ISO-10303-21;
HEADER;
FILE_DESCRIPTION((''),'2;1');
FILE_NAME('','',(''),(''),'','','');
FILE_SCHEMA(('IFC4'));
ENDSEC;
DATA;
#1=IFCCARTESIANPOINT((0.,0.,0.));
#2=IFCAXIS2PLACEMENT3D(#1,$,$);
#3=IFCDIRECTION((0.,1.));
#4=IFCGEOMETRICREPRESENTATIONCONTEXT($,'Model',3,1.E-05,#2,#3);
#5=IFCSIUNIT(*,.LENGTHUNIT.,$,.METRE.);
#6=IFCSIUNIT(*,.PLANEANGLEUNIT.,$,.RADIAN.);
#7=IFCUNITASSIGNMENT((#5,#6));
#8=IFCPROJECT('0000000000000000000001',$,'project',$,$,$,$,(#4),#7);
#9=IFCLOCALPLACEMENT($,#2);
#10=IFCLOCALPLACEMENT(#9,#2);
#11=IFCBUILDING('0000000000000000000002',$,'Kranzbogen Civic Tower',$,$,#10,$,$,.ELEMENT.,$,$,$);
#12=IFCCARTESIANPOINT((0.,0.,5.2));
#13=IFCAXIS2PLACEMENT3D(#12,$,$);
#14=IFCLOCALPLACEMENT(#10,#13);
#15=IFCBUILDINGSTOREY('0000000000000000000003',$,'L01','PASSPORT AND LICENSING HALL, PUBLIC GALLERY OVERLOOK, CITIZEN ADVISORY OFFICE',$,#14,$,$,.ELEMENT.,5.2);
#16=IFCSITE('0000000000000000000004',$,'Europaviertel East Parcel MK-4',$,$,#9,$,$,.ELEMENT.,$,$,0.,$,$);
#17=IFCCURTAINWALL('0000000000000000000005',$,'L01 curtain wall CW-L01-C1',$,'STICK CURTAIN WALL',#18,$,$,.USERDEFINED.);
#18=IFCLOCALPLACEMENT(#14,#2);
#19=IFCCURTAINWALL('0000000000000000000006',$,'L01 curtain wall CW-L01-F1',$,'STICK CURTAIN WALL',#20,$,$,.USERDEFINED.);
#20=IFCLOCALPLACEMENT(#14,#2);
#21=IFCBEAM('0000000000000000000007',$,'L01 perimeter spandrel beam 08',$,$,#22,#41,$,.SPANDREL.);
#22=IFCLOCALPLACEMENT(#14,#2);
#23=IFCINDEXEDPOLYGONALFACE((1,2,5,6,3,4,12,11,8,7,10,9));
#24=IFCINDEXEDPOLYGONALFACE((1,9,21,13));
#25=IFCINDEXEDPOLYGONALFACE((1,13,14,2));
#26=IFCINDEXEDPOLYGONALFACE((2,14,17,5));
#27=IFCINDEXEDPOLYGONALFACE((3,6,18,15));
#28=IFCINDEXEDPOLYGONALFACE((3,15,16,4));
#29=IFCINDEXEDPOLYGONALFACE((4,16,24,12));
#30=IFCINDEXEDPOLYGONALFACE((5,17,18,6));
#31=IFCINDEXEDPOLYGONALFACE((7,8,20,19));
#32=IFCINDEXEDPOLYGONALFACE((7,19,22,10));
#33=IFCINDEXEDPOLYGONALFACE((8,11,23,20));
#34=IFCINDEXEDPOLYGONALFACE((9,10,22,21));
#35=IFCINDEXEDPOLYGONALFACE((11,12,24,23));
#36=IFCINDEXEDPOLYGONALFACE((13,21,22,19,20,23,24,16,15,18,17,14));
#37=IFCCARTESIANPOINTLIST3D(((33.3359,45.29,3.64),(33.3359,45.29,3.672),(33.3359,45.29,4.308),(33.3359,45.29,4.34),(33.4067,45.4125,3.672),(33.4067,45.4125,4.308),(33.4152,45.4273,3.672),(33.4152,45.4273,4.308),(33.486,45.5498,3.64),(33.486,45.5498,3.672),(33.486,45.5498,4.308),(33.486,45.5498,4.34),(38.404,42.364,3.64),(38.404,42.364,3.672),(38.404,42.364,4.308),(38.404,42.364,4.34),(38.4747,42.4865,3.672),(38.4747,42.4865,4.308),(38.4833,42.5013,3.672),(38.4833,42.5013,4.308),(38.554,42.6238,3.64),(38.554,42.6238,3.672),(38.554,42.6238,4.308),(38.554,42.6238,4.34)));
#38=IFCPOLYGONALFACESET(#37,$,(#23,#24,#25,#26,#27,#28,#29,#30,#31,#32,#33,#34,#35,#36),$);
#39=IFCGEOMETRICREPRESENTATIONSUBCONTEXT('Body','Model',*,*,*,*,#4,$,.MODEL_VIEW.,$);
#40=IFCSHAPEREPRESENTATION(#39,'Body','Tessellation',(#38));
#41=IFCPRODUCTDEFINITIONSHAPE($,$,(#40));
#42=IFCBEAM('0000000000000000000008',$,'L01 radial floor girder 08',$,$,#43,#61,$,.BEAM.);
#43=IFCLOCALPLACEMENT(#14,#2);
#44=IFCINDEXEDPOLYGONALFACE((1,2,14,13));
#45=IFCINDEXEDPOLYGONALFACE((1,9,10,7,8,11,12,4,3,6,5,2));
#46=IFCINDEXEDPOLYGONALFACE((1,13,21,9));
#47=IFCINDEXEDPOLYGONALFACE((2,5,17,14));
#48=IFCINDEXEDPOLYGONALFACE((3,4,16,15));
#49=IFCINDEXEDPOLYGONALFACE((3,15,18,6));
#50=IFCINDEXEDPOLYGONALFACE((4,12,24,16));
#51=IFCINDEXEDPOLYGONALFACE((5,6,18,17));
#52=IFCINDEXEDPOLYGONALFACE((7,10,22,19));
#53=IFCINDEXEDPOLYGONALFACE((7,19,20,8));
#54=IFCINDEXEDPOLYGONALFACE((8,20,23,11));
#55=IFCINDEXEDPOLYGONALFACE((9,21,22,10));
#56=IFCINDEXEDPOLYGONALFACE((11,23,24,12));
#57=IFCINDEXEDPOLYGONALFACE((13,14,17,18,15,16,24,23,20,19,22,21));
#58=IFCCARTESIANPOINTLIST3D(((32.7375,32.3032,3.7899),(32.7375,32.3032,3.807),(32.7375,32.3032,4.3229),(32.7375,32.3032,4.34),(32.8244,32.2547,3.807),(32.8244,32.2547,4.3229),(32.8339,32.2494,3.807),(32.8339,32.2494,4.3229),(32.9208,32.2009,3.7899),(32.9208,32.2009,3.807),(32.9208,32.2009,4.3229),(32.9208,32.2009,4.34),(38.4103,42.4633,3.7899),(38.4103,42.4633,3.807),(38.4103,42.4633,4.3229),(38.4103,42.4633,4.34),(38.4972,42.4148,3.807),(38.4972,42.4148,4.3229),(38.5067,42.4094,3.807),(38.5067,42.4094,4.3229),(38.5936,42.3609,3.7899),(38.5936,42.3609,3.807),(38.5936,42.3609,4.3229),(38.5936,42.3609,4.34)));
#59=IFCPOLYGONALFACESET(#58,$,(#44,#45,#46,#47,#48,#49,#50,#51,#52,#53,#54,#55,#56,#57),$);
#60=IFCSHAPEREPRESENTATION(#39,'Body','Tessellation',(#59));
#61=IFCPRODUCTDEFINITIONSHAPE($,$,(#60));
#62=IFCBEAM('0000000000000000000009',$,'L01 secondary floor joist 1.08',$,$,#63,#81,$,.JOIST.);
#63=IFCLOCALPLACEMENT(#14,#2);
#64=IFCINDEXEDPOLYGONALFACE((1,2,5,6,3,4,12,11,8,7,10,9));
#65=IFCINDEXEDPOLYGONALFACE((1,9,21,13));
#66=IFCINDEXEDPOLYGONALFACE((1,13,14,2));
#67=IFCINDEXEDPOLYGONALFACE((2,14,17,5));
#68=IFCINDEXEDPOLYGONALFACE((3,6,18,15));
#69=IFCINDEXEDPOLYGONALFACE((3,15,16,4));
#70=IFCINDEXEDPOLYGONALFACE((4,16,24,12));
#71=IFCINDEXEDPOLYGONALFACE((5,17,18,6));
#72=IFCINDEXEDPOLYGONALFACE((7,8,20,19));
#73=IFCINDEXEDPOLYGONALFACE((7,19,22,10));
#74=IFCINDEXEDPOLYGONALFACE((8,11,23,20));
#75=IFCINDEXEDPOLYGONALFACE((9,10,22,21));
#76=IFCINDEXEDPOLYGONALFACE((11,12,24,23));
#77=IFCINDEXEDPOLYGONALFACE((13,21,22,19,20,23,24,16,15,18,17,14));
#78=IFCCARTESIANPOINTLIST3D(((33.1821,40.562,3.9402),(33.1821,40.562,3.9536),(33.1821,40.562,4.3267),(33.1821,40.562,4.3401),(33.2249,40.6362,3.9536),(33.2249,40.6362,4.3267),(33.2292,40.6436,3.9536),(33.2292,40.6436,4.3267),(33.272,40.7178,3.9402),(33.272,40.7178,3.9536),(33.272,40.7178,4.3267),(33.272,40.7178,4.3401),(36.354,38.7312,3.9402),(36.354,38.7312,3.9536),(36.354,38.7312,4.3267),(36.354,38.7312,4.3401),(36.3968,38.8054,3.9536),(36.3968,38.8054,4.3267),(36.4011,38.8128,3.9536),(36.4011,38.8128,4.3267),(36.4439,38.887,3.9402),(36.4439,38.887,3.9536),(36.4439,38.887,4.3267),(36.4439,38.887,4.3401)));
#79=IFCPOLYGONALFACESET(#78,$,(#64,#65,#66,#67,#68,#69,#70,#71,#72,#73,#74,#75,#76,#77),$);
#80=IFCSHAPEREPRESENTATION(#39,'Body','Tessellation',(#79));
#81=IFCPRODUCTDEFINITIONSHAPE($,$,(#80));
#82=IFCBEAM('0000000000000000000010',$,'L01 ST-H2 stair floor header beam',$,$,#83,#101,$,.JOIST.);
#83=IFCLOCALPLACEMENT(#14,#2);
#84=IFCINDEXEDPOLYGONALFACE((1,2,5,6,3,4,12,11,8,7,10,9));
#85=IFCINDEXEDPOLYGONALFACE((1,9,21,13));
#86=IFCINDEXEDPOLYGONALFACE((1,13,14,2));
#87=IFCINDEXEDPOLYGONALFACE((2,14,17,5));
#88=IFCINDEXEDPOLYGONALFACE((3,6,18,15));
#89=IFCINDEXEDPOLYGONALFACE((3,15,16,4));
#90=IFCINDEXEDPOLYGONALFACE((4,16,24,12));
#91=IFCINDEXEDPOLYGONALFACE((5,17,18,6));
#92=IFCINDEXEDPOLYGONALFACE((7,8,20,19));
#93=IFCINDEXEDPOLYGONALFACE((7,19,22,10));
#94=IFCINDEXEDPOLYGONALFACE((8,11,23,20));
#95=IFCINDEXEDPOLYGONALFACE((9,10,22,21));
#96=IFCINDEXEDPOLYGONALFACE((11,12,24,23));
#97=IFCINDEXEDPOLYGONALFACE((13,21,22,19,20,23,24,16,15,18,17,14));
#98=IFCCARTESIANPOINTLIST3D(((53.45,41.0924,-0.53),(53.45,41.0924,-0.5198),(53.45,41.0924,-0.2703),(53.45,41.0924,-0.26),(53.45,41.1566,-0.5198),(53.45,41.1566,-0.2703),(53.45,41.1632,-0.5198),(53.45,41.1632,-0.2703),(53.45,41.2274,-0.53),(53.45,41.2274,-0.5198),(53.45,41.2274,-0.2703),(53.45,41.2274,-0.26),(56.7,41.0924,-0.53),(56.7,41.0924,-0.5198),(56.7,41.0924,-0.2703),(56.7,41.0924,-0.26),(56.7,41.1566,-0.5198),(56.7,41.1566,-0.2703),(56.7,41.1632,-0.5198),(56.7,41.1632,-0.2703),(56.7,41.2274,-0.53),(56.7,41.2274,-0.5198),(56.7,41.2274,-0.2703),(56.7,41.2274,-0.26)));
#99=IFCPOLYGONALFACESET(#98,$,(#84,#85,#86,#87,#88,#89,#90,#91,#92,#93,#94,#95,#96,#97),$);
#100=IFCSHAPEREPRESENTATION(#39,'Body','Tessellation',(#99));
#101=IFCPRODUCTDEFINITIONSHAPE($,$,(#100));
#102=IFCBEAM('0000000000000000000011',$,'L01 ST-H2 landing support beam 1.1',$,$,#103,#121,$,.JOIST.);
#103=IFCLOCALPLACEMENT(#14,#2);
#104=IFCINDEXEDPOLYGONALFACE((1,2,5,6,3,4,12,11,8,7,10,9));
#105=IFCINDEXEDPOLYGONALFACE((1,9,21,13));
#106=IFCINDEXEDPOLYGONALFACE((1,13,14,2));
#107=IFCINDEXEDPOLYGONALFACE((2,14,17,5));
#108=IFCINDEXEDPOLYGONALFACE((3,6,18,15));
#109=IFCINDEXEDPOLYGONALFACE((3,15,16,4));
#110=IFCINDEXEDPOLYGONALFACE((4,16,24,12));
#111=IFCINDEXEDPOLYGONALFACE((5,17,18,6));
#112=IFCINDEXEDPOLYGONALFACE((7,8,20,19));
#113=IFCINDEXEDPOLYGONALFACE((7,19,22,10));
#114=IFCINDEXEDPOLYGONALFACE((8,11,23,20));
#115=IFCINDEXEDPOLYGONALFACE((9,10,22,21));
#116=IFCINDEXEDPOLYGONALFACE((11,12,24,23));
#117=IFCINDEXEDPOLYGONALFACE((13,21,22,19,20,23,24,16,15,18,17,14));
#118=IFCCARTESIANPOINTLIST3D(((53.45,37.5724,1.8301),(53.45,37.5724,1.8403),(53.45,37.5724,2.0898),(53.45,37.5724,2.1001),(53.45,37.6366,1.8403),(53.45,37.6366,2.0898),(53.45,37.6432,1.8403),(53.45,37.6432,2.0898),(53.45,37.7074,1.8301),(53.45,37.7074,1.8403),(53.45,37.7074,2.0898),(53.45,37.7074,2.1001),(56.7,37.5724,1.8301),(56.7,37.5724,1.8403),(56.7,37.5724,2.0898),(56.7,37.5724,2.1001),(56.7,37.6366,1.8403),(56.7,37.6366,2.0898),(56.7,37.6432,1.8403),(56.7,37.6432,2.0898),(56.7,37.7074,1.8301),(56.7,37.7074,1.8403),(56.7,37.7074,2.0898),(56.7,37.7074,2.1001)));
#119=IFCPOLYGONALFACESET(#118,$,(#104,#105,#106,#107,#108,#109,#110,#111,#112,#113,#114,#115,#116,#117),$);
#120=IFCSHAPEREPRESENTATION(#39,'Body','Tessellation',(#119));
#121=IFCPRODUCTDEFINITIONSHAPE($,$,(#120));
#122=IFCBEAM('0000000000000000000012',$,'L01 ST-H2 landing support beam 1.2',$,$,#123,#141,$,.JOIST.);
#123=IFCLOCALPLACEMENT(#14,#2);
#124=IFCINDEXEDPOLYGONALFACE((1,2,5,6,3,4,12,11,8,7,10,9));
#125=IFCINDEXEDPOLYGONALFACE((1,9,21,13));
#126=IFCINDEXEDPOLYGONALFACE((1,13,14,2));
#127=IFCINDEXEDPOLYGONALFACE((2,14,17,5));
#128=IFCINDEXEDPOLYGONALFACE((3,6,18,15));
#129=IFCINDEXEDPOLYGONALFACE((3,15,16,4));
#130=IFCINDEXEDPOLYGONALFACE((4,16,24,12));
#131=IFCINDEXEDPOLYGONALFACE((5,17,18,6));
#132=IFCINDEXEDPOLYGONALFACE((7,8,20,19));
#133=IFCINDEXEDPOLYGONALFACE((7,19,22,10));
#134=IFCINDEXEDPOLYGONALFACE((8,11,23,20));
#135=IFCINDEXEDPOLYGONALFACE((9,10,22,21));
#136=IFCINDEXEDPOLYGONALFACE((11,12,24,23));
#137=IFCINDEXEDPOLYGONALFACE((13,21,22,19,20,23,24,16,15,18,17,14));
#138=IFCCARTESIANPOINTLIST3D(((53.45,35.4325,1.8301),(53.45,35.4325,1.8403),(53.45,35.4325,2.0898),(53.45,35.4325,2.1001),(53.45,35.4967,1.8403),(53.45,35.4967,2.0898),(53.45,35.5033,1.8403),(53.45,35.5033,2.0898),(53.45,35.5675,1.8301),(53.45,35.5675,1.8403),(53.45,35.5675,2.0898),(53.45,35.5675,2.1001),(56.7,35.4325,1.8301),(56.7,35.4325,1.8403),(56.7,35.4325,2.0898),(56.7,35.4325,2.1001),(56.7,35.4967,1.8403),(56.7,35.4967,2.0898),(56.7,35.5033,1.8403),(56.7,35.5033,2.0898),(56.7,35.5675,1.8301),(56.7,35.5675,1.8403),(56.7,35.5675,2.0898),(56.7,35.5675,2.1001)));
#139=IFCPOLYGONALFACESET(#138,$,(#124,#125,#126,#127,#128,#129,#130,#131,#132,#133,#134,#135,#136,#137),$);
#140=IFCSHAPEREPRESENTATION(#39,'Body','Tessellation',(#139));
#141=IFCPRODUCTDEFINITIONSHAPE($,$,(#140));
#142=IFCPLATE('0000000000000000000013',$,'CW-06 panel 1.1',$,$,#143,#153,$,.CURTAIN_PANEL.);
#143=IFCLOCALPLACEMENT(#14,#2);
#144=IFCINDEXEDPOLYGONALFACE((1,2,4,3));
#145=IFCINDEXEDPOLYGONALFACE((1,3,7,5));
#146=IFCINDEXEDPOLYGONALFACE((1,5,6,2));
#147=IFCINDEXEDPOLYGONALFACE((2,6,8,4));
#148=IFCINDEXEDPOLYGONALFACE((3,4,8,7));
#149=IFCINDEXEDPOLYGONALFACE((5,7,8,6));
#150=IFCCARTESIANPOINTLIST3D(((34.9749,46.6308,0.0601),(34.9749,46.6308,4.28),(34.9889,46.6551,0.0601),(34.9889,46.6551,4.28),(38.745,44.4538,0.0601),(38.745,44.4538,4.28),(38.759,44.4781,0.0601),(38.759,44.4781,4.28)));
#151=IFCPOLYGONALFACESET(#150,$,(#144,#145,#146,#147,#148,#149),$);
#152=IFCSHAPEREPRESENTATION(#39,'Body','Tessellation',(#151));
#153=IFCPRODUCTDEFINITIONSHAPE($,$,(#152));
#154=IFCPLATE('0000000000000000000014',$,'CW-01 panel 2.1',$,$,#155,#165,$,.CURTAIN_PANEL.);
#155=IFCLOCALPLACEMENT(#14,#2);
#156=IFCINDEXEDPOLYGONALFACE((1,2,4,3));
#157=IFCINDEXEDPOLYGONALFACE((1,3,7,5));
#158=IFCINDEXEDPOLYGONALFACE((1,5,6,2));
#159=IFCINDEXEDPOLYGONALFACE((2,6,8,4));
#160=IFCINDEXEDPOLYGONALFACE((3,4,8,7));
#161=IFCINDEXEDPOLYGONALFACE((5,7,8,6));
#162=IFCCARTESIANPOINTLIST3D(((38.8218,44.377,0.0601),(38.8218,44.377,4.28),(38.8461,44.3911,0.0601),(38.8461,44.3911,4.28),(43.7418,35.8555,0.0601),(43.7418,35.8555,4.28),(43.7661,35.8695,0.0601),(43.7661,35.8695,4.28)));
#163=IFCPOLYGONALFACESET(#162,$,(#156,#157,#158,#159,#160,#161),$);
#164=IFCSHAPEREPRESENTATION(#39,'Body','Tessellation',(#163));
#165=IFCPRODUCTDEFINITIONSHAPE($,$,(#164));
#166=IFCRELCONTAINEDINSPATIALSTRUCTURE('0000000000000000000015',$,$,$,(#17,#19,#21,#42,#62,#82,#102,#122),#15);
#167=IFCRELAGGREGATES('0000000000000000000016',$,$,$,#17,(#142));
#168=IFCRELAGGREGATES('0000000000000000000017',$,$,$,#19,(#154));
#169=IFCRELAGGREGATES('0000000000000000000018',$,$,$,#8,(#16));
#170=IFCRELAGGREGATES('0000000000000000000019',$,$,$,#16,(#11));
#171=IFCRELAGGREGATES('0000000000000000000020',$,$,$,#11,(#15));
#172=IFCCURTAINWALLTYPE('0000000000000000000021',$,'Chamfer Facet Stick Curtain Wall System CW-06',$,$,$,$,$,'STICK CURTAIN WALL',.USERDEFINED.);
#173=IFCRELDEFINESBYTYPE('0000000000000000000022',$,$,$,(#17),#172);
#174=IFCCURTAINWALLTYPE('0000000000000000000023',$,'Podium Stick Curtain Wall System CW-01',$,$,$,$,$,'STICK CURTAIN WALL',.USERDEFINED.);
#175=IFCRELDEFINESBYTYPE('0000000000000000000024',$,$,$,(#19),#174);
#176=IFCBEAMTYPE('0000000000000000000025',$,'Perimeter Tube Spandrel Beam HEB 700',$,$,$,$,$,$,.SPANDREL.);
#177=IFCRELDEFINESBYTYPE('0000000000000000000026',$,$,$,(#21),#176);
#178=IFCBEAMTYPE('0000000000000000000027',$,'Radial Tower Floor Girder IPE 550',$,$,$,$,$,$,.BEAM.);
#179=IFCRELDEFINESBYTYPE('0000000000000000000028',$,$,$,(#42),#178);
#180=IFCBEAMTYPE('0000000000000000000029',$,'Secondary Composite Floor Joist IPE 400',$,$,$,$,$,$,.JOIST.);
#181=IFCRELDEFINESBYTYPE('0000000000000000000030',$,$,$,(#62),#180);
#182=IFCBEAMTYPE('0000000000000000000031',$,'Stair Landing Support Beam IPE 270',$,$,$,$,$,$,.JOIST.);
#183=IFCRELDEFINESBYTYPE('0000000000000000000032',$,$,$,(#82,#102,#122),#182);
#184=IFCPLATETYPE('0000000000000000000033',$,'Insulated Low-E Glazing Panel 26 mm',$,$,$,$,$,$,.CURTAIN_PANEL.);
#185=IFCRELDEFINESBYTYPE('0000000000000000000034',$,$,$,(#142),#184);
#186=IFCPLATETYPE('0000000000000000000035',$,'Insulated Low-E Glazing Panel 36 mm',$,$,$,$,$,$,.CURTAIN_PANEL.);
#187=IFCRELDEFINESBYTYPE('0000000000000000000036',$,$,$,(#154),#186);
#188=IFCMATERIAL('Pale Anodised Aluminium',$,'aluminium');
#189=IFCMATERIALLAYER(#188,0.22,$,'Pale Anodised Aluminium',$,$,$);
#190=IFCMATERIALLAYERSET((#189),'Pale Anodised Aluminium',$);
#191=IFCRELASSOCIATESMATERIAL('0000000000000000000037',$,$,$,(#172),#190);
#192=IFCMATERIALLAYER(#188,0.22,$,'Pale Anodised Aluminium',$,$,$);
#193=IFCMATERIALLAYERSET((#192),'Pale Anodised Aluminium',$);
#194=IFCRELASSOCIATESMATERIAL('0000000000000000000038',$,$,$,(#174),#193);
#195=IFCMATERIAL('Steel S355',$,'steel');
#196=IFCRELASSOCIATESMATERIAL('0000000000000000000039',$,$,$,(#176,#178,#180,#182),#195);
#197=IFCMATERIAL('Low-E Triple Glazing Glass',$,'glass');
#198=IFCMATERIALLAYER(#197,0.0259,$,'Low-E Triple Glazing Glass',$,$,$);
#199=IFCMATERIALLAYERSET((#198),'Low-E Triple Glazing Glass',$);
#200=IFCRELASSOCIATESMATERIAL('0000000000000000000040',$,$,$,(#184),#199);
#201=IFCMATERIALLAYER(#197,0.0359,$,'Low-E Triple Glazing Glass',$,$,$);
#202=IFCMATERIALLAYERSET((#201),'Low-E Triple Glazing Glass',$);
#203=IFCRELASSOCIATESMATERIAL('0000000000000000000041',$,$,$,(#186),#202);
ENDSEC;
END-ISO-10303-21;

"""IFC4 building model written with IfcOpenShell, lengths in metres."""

from ifc_helpers import new_model, si_unit, direction, frame, origin, origin_2d, place, context, subcontext, project, spatial, rectangle, i_section, extrude, material, layer, layer_set, material_profile, profile_set, type_object, element, aggregate, save


model = new_model("IFC4")

# Units and contexts
model_context = context("Model", 3, precision=1e-05, world=origin(), true_north=direction((0.0, 1.0)))
body_context = subcontext(model_context, "Body", "Model", "MODEL_VIEW")
ifc_project = project(units=[si_unit("LENGTHUNIT", "METRE"), si_unit("PLANEANGLEUNIT", "RADIAN")], contexts=[model_context])

# Site, building, storey
site_placement = place(None, origin())
site = spatial("IfcSite", under=ifc_project, at=site_placement, Name="Europaviertel East Parcel MK-4", CompositionType="ELEMENT", RefElevation=0.0)
building_placement = place(site_placement, origin())
building = spatial("IfcBuilding", under=site, at=building_placement, Name="Kranzbogen Civic Tower", CompositionType="ELEMENT")
storey_placement = place(building_placement, frame((0.0, 0.0, 5.2)))
storey = spatial("IfcBuildingStorey", under=building, at=storey_placement, Name="L01", Description="PASSPORT AND LICENSING HALL, PUBLIC GALLERY OVERLOOK, CITIZEN ADVISORY OFFICE", CompositionType="ELEMENT", Elevation=5.2)

# Curtain wall
ifc_material_1 = material(Name="Pale Anodised Aluminium", Category="aluminium")
ifc_layer_1 = layer(ifc_material_1, 0.22, Name="Pale Anodised Aluminium")
ifc_layer_set_1 = layer_set([ifc_layer_1], Name="Pale Anodised Aluminium")
curtain_wall_type_1 = type_object("IfcCurtainWallType", Name="Chamfer Facet Stick Curtain Wall System CW-06", ElementType="STICK CURTAIN WALL", PredefinedType="USERDEFINED", material=ifc_layer_set_1)
curtain_wall_1_placement = place(storey_placement, origin())
curtain_wall_1 = element("IfcCurtainWall", 1, at=curtain_wall_1_placement, inside=storey, type_object=curtain_wall_type_1, Name="L01 curtain wall CW-L01-C1", ObjectType="STICK CURTAIN WALL", PredefinedType="USERDEFINED")

# Curtain wall
ifc_layer_2 = layer(ifc_material_1, 0.22, Name="Pale Anodised Aluminium")
ifc_layer_set_2 = layer_set([ifc_layer_2], Name="Pale Anodised Aluminium")
curtain_wall_type_2 = type_object("IfcCurtainWallType", Name="Podium Stick Curtain Wall System CW-01", ElementType="STICK CURTAIN WALL", PredefinedType="USERDEFINED", material=ifc_layer_set_2)
curtain_wall_2_placement = place(storey_placement, origin())
curtain_wall_2 = element("IfcCurtainWall", 2, at=curtain_wall_2_placement, inside=storey, type_object=curtain_wall_type_2, Name="L01 curtain wall CW-L01-F1", ObjectType="STICK CURTAIN WALL", PredefinedType="USERDEFINED")

# Beams
ifc_material_2 = material(Name="Steel S355", Category="steel")
ifc_material_profile_1 = material_profile(ifc_material_2, i_section(OverallWidth=0.3, OverallDepth=0.7, WebThickness=0.0171, FlangeThickness=0.032, at=origin_2d()), Name="HEB 700")
ifc_profile_set_1 = profile_set([ifc_material_profile_1], Name="Steel S355")
beam_type_1 = type_object("IfcBeamType", Name="Perimeter Tube Spandrel Beam HEB 700", PredefinedType="SPANDREL", material=ifc_profile_set_1)
beam_1_placement = place(storey_placement, frame((38.479, 42.4939, 3.99), z_axis=(-0.866029, 0.499993, 0.0), x_axis=(-0.499993, -0.866029, 0.0)))
element("IfcBeam", 3, at=beam_1_placement, inside=storey, type_object=beam_type_1, Name="L01 perimeter spandrel beam 08", PredefinedType="SPANDREL", context=body_context, shape_type="SweptSolid", body=[
    extrude(i_section(OverallWidth=0.3, OverallDepth=0.7, WebThickness=0.0171, FlangeThickness=0.032, at=origin_2d()), origin(), (0.0, 0.0, 1.0), 5.8521),
])
ifc_material_profile_2 = material_profile(ifc_material_2, i_section(OverallWidth=0.21, OverallDepth=0.55, WebThickness=0.011, FlangeThickness=0.0171, at=origin_2d()), Name="IPE 550")
ifc_profile_set_2 = profile_set([ifc_material_profile_2], Name="Steel S355")
beam_type_2 = type_object("IfcBeamType", Name="Radial Tower Floor Girder IPE 550", PredefinedType="BEAM", material=ifc_profile_set_2)
beam_2_placement = place(storey_placement, frame((38.502, 42.4121, 4.0649), z_axis=(-0.487502, -0.873122, 0.0), x_axis=(0.873122, -0.487502, 0.0)))
element("IfcBeam", 4, at=beam_2_placement, inside=storey, type_object=beam_type_2, Name="L01 radial floor girder 08", PredefinedType="BEAM", context=body_context, shape_type="SweptSolid", body=[
    extrude(i_section(OverallWidth=0.21, OverallDepth=0.55, WebThickness=0.011, FlangeThickness=0.0171, at=origin_2d()), origin(), (0.0, 0.0, 1.0), 11.6365),
])
ifc_material_profile_3 = material_profile(ifc_material_2, i_section(OverallWidth=0.1799, OverallDepth=0.3999, WebThickness=0.0085, FlangeThickness=0.0134, at=origin_2d()), Name="IPE 400")
ifc_profile_set_3 = profile_set([ifc_material_profile_3], Name="Steel S355")
beam_type_3 = type_object("IfcBeamType", Name="Secondary Composite Floor Joist IPE 400", PredefinedType="JOIST", material=ifc_profile_set_3)
beam_3_placement = place(storey_placement, frame((36.3989, 38.8091, 4.1401), z_axis=(-0.866081, 0.499903, 0.0), x_axis=(-0.499903, -0.866081, 0.0)))
element("IfcBeam", 5, at=beam_3_placement, inside=storey, type_object=beam_type_3, Name="L01 secondary floor joist 1.08", PredefinedType="JOIST", context=body_context, shape_type="SweptSolid", body=[
    extrude(i_section(OverallWidth=0.1799, OverallDepth=0.3999, WebThickness=0.0085, FlangeThickness=0.0134, at=origin_2d()), origin(), (0.0, 0.0, 1.0), 3.6624),
])
ifc_material_profile_4 = material_profile(ifc_material_2, i_section(OverallWidth=0.135, OverallDepth=0.27, WebThickness=0.0066, FlangeThickness=0.0103, at=origin_2d()), Name="IPE 270")
ifc_profile_set_4 = profile_set([ifc_material_profile_4], Name="Steel S355")
beam_type_4 = type_object("IfcBeamType", Name="Stair Landing Support Beam IPE 270", PredefinedType="JOIST", material=ifc_profile_set_4)
for number, where, z_axis, x_axis, name in (
    (6, (53.45, 41.1599, -0.395), (1.0, 0.0, 0.0), (0.0, 1.0, 0.0), "L01 ST-H2 stair floor header beam"),
    (7, (53.45, 37.6399, 1.9651), (1.0, 0.0, 0.0), (0.0, 1.0, 0.0), "L01 ST-H2 landing support beam 1.1"),
    (8, (53.45, 35.5, 1.9651), (1.0, 0.0, 0.0), (0.0, 1.0, 0.0), "L01 ST-H2 landing support beam 1.2"),
):
    element("IfcBeam", number, at=place(storey_placement, frame(where, z_axis=z_axis, x_axis=x_axis)), inside=storey, type_object=beam_type_4, Name=name, PredefinedType="JOIST", context=body_context, shape_type="SweptSolid", body=[
        extrude(i_section(OverallWidth=0.135, OverallDepth=0.27, WebThickness=0.0066, FlangeThickness=0.0103, at=origin_2d()), origin(), (0.0, 0.0, 1.0), 3.25),
    ])

# Plates
ifc_material_3 = material(Name="Low-E Triple Glazing Glass", Category="glass")
ifc_layer_3 = layer(ifc_material_3, 0.0259, Name="Low-E Triple Glazing Glass")
ifc_layer_set_3 = layer_set([ifc_layer_3], Name="Low-E Triple Glazing Glass")
plate_type_1 = type_object("IfcPlateType", Name="Insulated Low-E Glazing Panel 26 mm", PredefinedType="CURTAIN_PANEL", material=ifc_layer_set_3)
plate_1_placement = place(storey_placement, frame((36.8669, 45.5544, 0.0601), z_axis=(0.0, 0.0, 1.0), x_axis=(-0.865992, 0.500058, 0.0)))
plate_1 = element("IfcPlate", 9, at=plate_1_placement, type_object=plate_type_1, Name="CW-06 panel 1.1", PredefinedType="CURTAIN_PANEL", context=body_context, shape_type="SweptSolid", body=[
    extrude(rectangle(XDim=4.3535, YDim=0.0281, at=origin_2d()), origin(), (0.0, 0.0, 1.0), 4.22),
])
aggregate(curtain_wall_1, [plate_1])
ifc_layer_4 = layer(ifc_material_3, 0.0359, Name="Low-E Triple Glazing Glass")
ifc_layer_set_4 = layer_set([ifc_layer_4], Name="Low-E Triple Glazing Glass")
plate_type_2 = type_object("IfcPlateType", Name="Insulated Low-E Glazing Panel 36 mm", PredefinedType="CURTAIN_PANEL", material=ifc_layer_set_4)
plate_2_placement = place(storey_placement, frame((41.2939, 40.1233, 0.0601), z_axis=(0.0, 0.0, 1.0), x_axis=(-0.500006, 0.866022, 0.0)))
plate_2 = element("IfcPlate", 10, at=plate_2_placement, type_object=plate_type_2, Name="CW-01 panel 2.1", PredefinedType="CURTAIN_PANEL", context=body_context, shape_type="SweptSolid", body=[
    extrude(rectangle(XDim=9.8398, YDim=0.0281, at=origin_2d()), origin(), (0.0, 0.0, 1.0), 4.22),
])
aggregate(curtain_wall_2, [plate_2])

save(model, "model.ifc")
